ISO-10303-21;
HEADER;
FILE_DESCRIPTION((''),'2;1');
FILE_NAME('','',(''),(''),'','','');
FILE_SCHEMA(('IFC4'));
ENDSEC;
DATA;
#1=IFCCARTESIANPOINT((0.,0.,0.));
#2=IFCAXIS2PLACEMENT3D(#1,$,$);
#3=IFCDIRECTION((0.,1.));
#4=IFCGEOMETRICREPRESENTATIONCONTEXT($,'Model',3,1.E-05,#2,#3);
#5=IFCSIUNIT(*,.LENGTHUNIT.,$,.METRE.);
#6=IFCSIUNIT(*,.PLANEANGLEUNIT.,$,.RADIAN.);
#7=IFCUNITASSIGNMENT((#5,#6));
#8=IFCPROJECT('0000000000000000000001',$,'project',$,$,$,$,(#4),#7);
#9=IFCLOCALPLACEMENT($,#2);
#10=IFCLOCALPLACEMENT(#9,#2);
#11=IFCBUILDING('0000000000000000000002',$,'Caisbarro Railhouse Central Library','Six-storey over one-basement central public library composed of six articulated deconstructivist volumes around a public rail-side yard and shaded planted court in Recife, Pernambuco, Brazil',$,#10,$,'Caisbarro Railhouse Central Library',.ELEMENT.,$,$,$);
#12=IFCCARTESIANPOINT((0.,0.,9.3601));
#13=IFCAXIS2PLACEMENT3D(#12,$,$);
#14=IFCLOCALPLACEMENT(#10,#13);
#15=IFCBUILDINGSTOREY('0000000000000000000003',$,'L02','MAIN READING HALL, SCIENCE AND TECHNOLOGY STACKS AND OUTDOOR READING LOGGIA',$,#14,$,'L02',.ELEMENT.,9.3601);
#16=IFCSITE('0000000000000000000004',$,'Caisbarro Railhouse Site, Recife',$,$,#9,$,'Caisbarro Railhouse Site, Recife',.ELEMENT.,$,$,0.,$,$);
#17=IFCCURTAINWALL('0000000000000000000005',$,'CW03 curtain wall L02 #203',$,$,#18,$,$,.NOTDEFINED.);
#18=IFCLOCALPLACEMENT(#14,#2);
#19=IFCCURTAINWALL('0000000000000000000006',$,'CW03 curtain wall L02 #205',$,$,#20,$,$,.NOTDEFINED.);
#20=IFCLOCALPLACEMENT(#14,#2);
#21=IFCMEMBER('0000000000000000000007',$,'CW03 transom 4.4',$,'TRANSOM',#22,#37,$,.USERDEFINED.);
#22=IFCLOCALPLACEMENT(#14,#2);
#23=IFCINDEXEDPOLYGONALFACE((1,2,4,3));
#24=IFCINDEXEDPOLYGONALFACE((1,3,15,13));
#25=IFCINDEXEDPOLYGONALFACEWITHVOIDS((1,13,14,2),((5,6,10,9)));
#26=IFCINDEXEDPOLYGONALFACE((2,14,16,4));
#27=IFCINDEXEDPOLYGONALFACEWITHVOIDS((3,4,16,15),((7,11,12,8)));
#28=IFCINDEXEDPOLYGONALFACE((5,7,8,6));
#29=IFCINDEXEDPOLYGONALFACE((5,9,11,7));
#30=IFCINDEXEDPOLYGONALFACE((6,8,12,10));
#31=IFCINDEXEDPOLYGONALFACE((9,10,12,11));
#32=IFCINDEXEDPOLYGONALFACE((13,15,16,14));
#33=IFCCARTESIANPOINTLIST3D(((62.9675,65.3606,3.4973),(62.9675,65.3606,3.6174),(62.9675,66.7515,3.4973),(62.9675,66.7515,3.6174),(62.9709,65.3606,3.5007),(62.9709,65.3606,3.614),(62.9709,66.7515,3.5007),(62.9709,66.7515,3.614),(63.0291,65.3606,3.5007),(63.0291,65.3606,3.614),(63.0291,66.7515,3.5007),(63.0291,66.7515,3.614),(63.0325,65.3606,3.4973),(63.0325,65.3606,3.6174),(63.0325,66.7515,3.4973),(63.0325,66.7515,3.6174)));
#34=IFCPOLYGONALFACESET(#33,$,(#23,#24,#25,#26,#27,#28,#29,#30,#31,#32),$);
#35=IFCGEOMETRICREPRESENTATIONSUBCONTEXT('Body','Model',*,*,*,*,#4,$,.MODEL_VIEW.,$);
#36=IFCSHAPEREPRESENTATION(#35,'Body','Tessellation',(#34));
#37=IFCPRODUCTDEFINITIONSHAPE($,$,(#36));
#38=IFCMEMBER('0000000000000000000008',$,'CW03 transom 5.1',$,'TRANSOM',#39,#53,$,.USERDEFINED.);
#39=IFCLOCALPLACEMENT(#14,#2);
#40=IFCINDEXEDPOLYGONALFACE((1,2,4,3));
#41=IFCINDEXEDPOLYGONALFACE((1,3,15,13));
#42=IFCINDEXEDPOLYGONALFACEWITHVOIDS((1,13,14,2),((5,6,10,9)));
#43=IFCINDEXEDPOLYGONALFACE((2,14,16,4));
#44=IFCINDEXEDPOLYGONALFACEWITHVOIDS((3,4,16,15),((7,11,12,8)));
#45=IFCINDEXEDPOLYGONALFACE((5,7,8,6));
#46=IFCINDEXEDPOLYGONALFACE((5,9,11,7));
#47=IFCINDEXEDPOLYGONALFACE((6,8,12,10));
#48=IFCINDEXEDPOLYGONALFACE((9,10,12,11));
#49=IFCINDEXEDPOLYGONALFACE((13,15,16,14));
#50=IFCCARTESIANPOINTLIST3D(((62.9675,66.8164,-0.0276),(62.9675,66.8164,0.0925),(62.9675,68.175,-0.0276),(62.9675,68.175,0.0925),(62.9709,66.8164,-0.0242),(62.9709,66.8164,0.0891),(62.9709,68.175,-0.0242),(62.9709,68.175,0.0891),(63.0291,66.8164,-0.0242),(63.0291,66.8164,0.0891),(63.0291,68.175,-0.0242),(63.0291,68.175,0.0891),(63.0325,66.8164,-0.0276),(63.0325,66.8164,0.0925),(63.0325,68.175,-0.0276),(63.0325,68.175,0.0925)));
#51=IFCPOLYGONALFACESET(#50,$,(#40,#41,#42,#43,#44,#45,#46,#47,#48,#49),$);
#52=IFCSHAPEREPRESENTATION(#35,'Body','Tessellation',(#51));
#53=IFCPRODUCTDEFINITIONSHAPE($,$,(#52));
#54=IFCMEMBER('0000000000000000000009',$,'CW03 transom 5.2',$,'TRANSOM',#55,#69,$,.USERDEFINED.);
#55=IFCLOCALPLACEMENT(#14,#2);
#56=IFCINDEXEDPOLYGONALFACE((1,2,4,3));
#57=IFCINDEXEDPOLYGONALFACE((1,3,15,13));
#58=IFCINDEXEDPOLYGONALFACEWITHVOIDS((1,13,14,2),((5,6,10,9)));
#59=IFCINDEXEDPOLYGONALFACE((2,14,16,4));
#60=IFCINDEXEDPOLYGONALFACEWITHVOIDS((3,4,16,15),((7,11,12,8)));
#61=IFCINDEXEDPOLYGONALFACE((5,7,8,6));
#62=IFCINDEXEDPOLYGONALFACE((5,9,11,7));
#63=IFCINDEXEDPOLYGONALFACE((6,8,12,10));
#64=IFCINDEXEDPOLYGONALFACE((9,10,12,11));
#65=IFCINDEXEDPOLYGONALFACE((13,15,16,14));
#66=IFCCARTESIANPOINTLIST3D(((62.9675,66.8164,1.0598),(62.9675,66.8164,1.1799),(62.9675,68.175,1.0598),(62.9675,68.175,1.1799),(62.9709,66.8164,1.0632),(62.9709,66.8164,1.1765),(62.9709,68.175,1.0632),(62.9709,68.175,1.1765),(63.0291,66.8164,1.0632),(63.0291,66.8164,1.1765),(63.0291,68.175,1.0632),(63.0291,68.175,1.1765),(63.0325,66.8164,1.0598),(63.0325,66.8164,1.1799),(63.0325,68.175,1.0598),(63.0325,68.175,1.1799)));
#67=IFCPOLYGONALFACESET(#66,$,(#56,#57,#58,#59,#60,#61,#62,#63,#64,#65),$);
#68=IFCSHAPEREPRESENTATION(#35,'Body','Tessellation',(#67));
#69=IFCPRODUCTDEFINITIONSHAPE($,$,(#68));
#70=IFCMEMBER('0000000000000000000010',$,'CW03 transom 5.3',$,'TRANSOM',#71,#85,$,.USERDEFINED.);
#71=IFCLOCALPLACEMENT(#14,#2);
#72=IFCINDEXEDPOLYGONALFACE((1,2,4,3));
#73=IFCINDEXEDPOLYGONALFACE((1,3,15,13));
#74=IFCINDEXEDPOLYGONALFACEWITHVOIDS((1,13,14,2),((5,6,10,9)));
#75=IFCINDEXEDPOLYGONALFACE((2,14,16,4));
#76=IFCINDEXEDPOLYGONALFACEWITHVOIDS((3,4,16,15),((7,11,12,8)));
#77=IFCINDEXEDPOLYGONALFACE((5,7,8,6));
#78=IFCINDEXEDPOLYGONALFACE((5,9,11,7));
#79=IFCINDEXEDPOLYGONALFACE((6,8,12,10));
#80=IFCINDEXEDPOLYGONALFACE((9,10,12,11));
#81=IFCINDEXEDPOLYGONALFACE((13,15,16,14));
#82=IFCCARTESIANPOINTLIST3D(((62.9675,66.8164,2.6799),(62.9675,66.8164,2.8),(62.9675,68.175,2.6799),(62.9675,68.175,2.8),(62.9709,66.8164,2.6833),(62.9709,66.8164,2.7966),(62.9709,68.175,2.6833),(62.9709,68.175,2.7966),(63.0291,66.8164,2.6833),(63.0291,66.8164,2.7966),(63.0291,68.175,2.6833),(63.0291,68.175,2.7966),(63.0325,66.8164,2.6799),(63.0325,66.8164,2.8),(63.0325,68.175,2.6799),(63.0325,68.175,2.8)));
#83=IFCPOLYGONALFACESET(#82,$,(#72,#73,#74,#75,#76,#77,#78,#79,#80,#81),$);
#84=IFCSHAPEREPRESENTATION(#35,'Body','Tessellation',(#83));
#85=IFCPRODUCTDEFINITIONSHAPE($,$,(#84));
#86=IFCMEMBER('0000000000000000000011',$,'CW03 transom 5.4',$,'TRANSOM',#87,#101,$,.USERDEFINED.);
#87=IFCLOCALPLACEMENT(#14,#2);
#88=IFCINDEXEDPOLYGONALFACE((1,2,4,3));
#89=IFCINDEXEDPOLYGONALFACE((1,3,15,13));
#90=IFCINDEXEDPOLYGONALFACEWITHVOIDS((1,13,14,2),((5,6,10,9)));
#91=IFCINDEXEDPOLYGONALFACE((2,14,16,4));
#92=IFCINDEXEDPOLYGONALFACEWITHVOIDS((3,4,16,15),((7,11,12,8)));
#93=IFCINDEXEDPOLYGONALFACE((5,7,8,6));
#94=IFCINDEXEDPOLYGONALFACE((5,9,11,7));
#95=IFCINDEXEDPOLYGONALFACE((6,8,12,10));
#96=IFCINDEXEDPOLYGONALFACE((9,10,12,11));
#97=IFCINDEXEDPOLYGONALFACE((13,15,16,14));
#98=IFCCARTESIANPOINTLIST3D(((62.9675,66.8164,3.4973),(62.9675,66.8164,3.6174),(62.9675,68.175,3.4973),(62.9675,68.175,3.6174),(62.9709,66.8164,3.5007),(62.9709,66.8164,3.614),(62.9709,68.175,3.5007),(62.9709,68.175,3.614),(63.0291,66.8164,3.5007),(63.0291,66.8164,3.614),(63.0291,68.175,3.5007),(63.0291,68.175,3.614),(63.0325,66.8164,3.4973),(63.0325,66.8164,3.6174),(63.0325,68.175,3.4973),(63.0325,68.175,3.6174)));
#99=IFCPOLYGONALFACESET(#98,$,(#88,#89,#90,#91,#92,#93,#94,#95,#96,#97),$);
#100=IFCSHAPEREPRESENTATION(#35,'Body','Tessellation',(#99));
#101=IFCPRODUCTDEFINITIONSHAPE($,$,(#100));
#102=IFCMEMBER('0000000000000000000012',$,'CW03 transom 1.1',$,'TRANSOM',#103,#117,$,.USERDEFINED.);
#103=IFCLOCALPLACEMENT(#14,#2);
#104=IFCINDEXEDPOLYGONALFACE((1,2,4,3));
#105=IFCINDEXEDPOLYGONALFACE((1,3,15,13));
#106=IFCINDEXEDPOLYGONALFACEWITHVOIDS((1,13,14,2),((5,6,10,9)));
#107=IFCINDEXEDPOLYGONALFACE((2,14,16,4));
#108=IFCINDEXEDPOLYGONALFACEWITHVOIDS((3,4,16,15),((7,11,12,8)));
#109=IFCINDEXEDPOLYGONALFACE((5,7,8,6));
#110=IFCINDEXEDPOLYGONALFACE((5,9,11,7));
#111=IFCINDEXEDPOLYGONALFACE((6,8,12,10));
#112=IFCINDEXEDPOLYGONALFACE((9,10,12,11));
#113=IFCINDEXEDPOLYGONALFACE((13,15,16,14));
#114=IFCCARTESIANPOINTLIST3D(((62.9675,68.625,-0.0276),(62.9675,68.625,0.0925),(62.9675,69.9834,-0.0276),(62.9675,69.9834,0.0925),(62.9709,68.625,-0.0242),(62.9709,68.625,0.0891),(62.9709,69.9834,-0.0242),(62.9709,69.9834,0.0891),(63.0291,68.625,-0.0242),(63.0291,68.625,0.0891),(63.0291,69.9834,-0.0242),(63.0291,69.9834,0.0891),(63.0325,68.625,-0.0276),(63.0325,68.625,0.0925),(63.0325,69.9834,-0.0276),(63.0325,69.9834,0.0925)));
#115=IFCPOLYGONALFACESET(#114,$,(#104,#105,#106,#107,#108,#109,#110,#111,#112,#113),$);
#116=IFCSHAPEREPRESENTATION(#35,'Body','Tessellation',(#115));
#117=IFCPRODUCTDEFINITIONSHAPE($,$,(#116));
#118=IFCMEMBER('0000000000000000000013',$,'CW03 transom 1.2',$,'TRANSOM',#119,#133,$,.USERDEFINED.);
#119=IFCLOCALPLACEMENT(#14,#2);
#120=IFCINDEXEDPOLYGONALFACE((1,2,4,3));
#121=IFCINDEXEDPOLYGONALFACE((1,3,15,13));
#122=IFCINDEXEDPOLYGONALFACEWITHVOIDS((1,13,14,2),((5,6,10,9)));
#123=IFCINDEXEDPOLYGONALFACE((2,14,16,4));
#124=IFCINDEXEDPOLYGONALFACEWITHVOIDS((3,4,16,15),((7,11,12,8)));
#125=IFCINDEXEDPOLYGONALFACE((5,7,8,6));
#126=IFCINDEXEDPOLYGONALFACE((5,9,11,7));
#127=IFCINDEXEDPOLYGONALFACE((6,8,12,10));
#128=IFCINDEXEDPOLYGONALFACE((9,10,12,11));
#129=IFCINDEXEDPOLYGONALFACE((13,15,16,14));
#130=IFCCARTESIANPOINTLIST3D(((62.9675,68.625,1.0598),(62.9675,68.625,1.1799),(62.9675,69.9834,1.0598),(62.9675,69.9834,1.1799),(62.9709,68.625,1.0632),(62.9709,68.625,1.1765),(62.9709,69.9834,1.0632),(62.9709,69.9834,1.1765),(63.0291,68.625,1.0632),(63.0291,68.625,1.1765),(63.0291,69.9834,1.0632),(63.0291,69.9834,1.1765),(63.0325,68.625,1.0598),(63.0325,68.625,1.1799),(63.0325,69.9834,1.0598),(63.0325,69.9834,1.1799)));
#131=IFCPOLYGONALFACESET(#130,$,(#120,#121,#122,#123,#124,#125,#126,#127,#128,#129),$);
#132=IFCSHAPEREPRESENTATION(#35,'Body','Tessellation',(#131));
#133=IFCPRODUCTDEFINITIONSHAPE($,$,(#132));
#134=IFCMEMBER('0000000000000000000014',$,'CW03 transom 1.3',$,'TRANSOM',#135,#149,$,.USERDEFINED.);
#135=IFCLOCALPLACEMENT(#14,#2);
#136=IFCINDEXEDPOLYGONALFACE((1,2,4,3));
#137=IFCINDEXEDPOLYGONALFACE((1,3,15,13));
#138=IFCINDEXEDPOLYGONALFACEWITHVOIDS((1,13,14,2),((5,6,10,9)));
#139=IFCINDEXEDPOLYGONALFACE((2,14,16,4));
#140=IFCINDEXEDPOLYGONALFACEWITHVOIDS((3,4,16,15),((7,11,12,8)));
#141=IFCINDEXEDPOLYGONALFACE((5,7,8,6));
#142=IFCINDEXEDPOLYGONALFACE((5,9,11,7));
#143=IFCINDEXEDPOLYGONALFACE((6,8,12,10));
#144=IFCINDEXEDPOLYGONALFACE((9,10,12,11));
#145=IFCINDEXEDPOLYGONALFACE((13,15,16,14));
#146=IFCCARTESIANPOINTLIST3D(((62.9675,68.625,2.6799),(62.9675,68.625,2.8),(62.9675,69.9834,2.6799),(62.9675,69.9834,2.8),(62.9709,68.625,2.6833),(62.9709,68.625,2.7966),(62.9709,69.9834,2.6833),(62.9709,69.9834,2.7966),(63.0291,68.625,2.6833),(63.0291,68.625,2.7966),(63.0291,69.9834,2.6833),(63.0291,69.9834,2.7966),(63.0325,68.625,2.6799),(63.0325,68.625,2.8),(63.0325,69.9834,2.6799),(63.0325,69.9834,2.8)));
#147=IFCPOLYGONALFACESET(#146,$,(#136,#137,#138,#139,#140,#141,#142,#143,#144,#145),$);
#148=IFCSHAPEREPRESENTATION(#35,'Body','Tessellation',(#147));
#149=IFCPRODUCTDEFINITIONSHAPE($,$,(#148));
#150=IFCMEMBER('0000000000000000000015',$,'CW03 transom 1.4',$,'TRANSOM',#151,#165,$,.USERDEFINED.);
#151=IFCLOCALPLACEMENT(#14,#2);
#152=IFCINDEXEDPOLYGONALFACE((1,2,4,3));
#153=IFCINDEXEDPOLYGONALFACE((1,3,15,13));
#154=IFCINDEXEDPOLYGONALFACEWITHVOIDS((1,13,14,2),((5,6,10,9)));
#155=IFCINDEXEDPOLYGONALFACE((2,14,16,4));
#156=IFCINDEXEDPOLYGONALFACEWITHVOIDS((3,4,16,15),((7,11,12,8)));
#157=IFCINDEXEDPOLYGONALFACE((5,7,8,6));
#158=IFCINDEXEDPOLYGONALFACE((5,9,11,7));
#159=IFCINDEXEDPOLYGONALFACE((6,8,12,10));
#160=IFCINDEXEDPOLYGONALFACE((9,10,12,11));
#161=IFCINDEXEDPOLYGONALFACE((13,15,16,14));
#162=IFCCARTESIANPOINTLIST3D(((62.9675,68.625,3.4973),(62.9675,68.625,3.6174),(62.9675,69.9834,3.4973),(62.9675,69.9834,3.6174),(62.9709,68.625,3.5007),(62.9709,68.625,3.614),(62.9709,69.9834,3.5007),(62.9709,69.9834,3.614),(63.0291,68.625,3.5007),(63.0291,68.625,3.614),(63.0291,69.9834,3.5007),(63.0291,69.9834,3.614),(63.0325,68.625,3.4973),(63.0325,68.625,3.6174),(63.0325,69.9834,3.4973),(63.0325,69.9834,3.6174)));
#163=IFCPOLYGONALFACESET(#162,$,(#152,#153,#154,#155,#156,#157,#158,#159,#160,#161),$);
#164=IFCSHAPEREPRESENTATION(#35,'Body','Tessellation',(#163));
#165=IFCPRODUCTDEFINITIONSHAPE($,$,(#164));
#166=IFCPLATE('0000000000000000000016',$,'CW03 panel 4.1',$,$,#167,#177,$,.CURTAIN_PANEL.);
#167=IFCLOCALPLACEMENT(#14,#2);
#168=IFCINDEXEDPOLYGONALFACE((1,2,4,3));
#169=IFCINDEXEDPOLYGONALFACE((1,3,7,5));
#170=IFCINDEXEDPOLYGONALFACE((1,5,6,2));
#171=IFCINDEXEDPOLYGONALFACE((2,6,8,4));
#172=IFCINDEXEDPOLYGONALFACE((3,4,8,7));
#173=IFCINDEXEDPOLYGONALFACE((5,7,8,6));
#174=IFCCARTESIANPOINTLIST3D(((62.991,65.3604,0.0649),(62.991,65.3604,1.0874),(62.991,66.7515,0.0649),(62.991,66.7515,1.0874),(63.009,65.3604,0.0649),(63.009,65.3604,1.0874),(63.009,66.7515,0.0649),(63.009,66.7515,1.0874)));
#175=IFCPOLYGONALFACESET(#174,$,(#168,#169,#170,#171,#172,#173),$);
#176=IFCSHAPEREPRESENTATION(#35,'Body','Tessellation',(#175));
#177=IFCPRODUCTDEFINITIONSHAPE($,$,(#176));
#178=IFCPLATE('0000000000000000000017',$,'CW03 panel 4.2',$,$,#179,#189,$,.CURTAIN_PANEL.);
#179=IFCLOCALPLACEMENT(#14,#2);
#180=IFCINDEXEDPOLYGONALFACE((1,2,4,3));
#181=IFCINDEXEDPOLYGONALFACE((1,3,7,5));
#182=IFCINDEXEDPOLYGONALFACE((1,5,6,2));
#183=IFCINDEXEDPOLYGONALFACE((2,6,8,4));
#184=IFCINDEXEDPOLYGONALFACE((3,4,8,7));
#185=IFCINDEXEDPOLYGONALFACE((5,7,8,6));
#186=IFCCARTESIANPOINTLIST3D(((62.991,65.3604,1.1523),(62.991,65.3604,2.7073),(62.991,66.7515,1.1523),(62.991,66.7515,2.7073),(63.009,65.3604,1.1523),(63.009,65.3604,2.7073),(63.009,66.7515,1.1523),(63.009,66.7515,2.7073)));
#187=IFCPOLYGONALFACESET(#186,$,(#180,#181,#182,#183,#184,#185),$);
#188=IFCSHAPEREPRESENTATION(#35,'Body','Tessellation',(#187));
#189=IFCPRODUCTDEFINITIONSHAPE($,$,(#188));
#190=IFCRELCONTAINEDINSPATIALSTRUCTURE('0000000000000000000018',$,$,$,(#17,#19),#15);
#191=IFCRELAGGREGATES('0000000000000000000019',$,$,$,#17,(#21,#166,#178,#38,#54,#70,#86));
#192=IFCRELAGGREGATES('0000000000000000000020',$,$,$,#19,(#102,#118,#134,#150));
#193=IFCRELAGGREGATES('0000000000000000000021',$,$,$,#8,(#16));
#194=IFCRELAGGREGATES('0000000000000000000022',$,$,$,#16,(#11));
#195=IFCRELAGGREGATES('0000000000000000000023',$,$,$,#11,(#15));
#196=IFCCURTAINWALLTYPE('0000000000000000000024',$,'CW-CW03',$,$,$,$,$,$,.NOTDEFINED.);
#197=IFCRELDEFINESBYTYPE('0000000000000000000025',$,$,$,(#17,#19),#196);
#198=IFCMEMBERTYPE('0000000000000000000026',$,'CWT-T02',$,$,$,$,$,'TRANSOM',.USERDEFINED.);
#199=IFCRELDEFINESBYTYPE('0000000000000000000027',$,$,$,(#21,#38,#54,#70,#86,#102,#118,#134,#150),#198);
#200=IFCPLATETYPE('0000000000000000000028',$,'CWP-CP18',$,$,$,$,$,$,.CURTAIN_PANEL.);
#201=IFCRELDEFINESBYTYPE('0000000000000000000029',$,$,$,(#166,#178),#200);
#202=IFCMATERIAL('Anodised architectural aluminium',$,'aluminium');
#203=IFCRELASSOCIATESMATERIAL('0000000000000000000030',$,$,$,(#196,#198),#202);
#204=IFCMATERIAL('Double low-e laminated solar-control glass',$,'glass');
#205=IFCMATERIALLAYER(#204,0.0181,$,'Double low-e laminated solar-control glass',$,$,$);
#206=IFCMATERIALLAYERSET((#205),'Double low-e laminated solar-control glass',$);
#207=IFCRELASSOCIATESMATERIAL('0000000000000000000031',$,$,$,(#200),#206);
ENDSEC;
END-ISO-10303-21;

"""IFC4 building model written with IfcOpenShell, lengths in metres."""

from ifc_helpers import new_model, si_unit, direction, frame, origin, origin_2d, place, context, subcontext, project, spatial, rectangle, hollow_rectangle, extrude, material, layer, layer_set, material_profile, profile_set, type_object, element, aggregate, save


model = new_model("IFC4")

# Units and contexts
model_context = context("Model", 3, precision=1e-05, world=origin(), true_north=direction((0.0, 1.0)))
body_context = subcontext(model_context, "Body", "Model", "MODEL_VIEW")
ifc_project = project(units=[si_unit("LENGTHUNIT", "METRE"), si_unit("PLANEANGLEUNIT", "RADIAN")], contexts=[model_context])

# Site, building, storey
site_placement = place(None, origin())
site = spatial("IfcSite", under=ifc_project, at=site_placement, Name="Caisbarro Railhouse Site, Recife", LongName="Caisbarro Railhouse Site, Recife", CompositionType="ELEMENT", RefElevation=0.0)
building_placement = place(site_placement, origin())
building = spatial("IfcBuilding", under=site, at=building_placement, Name="Caisbarro Railhouse Central Library", Description="Six-storey over one-basement central public library composed of six articulated deconstructivist volumes around a public rail-side yard and shaded planted court in Recife, Pernambuco, Brazil", LongName="Caisbarro Railhouse Central Library", CompositionType="ELEMENT")
storey_placement = place(building_placement, frame((0.0, 0.0, 9.3601)))
storey = spatial("IfcBuildingStorey", under=building, at=storey_placement, Name="L02", Description="MAIN READING HALL, SCIENCE AND TECHNOLOGY STACKS AND OUTDOOR READING LOGGIA", LongName="L02", CompositionType="ELEMENT", Elevation=9.3601)

# Curtain wall
ifc_material_1 = material(Name="Anodised architectural aluminium", Category="aluminium")
curtain_wall_type = type_object("IfcCurtainWallType", Name="CW-CW03", PredefinedType="NOTDEFINED", material=ifc_material_1)
curtain_wall_1_placement = place(storey_placement, origin())
curtain_wall_1 = element("IfcCurtainWall", 1, at=curtain_wall_1_placement, inside=storey, type_object=curtain_wall_type, Name="CW03 curtain wall L02 #203", PredefinedType="NOTDEFINED")

# Curtain wall
curtain_wall_2_placement = place(storey_placement, origin())
curtain_wall_2 = element("IfcCurtainWall", 2, at=curtain_wall_2_placement, inside=storey, type_object=curtain_wall_type, Name="CW03 curtain wall L02 #205", PredefinedType="NOTDEFINED")

# Members
ifc_material_profile_1 = material_profile(ifc_material_1, hollow_rectangle(XDim=0.0649, YDim=0.1201, WallThickness=0.0034, at=origin_2d()), Name="ALU-TRN-65X120")
ifc_profile_set_1 = profile_set([ifc_material_profile_1], Name="Anodised architectural aluminium")
member_type_1 = type_object("IfcMemberType", Name="CWT-T02", ElementType="TRANSOM", PredefinedType="USERDEFINED", material=ifc_profile_set_1)
member_1_placement = place(storey_placement, frame((63.0, 65.3606, 3.5574), z_axis=(0.0, 1.0, 0.0), x_axis=(-1.0, 0.0, 0.0)))
member_1 = element("IfcMember", 3, at=member_1_placement, type_object=member_type_1, Name="CW03 transom 4.4", ObjectType="TRANSOM", PredefinedType="USERDEFINED", context=body_context, shape_type="SweptSolid", body=[
    extrude(hollow_rectangle(XDim=0.0649, YDim=0.1201, WallThickness=0.0034, at=origin_2d()), origin(), (0.0, 0.0, 1.0), 1.3909),
])
member_2_placement = place(storey_placement, frame((63.0, 66.8164, 0.0325), z_axis=(0.0, 1.0, 0.0), x_axis=(-1.0, 0.0, 0.0)))
member_2 = element("IfcMember", 4, at=member_2_placement, type_object=member_type_1, Name="CW03 transom 5.1", ObjectType="TRANSOM", PredefinedType="USERDEFINED", context=body_context, shape_type="SweptSolid", body=[
    extrude(hollow_rectangle(XDim=0.0649, YDim=0.1201, WallThickness=0.0034, at=origin_2d()), origin(), (0.0, 0.0, 1.0), 1.3586),
])
member_3_placement = place(storey_placement, frame((63.0, 66.8164, 1.1199), z_axis=(0.0, 1.0, 0.0), x_axis=(-1.0, 0.0, 0.0)))
member_3 = element("IfcMember", 5, at=member_3_placement, type_object=member_type_1, Name="CW03 transom 5.2", ObjectType="TRANSOM", PredefinedType="USERDEFINED", context=body_context, shape_type="SweptSolid", body=[
    extrude(hollow_rectangle(XDim=0.0649, YDim=0.1201, WallThickness=0.0034, at=origin_2d()), origin(), (0.0, 0.0, 1.0), 1.3586),
])
member_4_placement = place(storey_placement, frame((63.0, 66.8164, 2.74), z_axis=(0.0, 1.0, 0.0), x_axis=(-1.0, 0.0, 0.0)))
member_4 = element("IfcMember", 6, at=member_4_placement, type_object=member_type_1, Name="CW03 transom 5.3", ObjectType="TRANSOM", PredefinedType="USERDEFINED", context=body_context, shape_type="SweptSolid", body=[
    extrude(hollow_rectangle(XDim=0.0649, YDim=0.1201, WallThickness=0.0034, at=origin_2d()), origin(), (0.0, 0.0, 1.0), 1.3586),
])
member_5_placement = place(storey_placement, frame((63.0, 66.8164, 3.5574), z_axis=(0.0, 1.0, 0.0), x_axis=(-1.0, 0.0, 0.0)))
member_5 = element("IfcMember", 7, at=member_5_placement, type_object=member_type_1, Name="CW03 transom 5.4", ObjectType="TRANSOM", PredefinedType="USERDEFINED", context=body_context, shape_type="SweptSolid", body=[
    extrude(hollow_rectangle(XDim=0.0649, YDim=0.1201, WallThickness=0.0034, at=origin_2d()), origin(), (0.0, 0.0, 1.0), 1.3586),
])
member_6_placement = place(storey_placement, frame((63.0, 68.625, 0.0325), z_axis=(0.0, 1.0, 0.0), x_axis=(-1.0, 0.0, 0.0)))
member_6 = element("IfcMember", 8, at=member_6_placement, type_object=member_type_1, Name="CW03 transom 1.1", ObjectType="TRANSOM", PredefinedType="USERDEFINED", context=body_context, shape_type="SweptSolid", body=[
    extrude(hollow_rectangle(XDim=0.0649, YDim=0.1201, WallThickness=0.0034, at=origin_2d()), origin(), (0.0, 0.0, 1.0), 1.3584),
])
member_7_placement = place(storey_placement, frame((63.0, 68.625, 1.1199), z_axis=(0.0, 1.0, 0.0), x_axis=(-1.0, 0.0, 0.0)))
member_7 = element("IfcMember", 9, at=member_7_placement, type_object=member_type_1, Name="CW03 transom 1.2", ObjectType="TRANSOM", PredefinedType="USERDEFINED", context=body_context, shape_type="SweptSolid", body=[
    extrude(hollow_rectangle(XDim=0.0649, YDim=0.1201, WallThickness=0.0034, at=origin_2d()), origin(), (0.0, 0.0, 1.0), 1.3584),
])
member_8_placement = place(storey_placement, frame((63.0, 68.625, 2.74), z_axis=(0.0, 1.0, 0.0), x_axis=(-1.0, 0.0, 0.0)))
member_8 = element("IfcMember", 10, at=member_8_placement, type_object=member_type_1, Name="CW03 transom 1.3", ObjectType="TRANSOM", PredefinedType="USERDEFINED", context=body_context, shape_type="SweptSolid", body=[
    extrude(hollow_rectangle(XDim=0.0649, YDim=0.1201, WallThickness=0.0034, at=origin_2d()), origin(), (0.0, 0.0, 1.0), 1.3584),
])
member_9_placement = place(storey_placement, frame((63.0, 68.625, 3.5574), z_axis=(0.0, 1.0, 0.0), x_axis=(-1.0, 0.0, 0.0)))
member_9 = element("IfcMember", 11, at=member_9_placement, type_object=member_type_1, Name="CW03 transom 1.4", ObjectType="TRANSOM", PredefinedType="USERDEFINED", context=body_context, shape_type="SweptSolid", body=[
    extrude(hollow_rectangle(XDim=0.0649, YDim=0.1201, WallThickness=0.0034, at=origin_2d()), origin(), (0.0, 0.0, 1.0), 1.3584),
])

# Plates
ifc_material_2 = material(Name="Double low-e laminated solar-control glass", Category="glass")
ifc_layer_1 = layer(ifc_material_2, 0.0181, Name="Double low-e laminated solar-control glass")
ifc_layer_set_1 = layer_set([ifc_layer_1], Name="Double low-e laminated solar-control glass")
plate_type_1 = type_object("IfcPlateType", Name="CWP-CP18", PredefinedType="CURTAIN_PANEL", material=ifc_layer_set_1)
plate_1_placement = place(storey_placement, frame((63.0, 66.0559, 0.0649), z_axis=(0.0, 0.0, 1.0), x_axis=(0.0, 1.0, 0.0)))
plate_1 = element("IfcPlate", 12, at=plate_1_placement, type_object=plate_type_1, Name="CW03 panel 4.1", PredefinedType="CURTAIN_PANEL", context=body_context, shape_type="SweptSolid", body=[
    extrude(rectangle(XDim=1.3911, YDim=0.0181, at=origin_2d()), origin(), (0.0, 0.0, 1.0), 1.0225),
])
plate_2_placement = place(storey_placement, frame((63.0, 66.0559, 1.1523), z_axis=(0.0, 0.0, 1.0), x_axis=(0.0, 1.0, 0.0)))
plate_2 = element("IfcPlate", 13, at=plate_2_placement, type_object=plate_type_1, Name="CW03 panel 4.2", PredefinedType="CURTAIN_PANEL", context=body_context, shape_type="SweptSolid", body=[
    extrude(rectangle(XDim=1.3911, YDim=0.0181, at=origin_2d()), origin(), (0.0, 0.0, 1.0), 1.5549),
])
aggregate(curtain_wall_1, [member_1, plate_1, plate_2, member_2, member_3, member_4, member_5])
aggregate(curtain_wall_2, [member_6, member_7, member_8, member_9])

save(model, "model.ifc")
